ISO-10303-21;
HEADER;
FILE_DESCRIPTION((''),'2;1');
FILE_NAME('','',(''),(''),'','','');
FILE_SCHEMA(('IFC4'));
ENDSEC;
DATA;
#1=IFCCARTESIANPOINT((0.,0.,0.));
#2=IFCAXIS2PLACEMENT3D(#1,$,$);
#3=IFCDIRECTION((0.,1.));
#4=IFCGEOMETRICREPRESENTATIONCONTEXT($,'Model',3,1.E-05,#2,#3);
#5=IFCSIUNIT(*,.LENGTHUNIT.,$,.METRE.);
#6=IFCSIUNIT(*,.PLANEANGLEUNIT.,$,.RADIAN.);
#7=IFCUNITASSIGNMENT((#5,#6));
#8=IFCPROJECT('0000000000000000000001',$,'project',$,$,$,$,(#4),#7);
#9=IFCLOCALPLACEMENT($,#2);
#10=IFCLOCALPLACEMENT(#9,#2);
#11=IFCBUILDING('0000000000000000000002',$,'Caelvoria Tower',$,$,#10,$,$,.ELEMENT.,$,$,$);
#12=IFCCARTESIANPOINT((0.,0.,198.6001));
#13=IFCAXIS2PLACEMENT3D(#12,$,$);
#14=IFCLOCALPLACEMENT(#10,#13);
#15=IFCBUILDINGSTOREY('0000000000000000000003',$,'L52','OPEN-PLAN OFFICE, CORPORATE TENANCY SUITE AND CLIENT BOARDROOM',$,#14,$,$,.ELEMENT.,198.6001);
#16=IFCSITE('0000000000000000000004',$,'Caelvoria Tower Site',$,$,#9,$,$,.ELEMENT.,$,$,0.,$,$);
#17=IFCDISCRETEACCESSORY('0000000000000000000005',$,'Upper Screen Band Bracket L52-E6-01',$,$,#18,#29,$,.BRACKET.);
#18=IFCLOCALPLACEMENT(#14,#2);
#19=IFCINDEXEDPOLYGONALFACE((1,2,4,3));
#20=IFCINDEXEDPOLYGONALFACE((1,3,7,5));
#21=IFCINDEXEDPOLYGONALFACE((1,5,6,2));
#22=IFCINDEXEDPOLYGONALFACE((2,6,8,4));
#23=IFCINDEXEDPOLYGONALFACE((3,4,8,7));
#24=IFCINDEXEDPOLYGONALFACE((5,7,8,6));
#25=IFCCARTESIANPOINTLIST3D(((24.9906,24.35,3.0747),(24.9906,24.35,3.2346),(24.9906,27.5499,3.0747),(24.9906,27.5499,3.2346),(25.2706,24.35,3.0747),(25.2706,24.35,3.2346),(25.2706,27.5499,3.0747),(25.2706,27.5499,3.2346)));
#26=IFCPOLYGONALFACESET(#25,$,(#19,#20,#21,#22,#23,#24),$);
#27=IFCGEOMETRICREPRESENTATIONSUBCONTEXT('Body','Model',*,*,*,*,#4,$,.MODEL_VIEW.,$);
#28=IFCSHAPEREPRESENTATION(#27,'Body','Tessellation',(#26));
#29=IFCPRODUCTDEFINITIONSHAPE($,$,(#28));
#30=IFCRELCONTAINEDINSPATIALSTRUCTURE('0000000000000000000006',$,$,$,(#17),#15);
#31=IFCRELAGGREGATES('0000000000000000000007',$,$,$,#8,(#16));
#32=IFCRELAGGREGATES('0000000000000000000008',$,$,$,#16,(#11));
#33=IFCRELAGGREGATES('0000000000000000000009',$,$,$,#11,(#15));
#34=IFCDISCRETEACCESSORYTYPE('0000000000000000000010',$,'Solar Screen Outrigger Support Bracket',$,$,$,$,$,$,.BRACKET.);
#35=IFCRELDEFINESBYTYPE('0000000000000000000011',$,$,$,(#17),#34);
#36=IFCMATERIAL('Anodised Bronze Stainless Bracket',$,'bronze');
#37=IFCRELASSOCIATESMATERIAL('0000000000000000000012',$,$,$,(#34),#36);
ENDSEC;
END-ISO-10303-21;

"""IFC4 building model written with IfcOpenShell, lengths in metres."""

from ifc_helpers import new_model, si_unit, direction, frame, origin, origin_2d, place, context, subcontext, project, spatial, rectangle, extrude, material, type_object, element, save


model = new_model("IFC4")

# Units and contexts
model_context = context("Model", 3, precision=1e-05, world=origin(), true_north=direction((0.0, 1.0)))
body_context = subcontext(model_context, "Body", "Model", "MODEL_VIEW")
ifc_project = project(units=[si_unit("LENGTHUNIT", "METRE"), si_unit("PLANEANGLEUNIT", "RADIAN")], contexts=[model_context])

# Site, building, storey
site_placement = place(None, origin())
site = spatial("IfcSite", under=ifc_project, at=site_placement, Name="Caelvoria Tower Site", CompositionType="ELEMENT", RefElevation=0.0)
building_placement = place(site_placement, origin())
building = spatial("IfcBuilding", under=site, at=building_placement, Name="Caelvoria Tower", CompositionType="ELEMENT")
storey_placement = place(building_placement, frame((0.0, 0.0, 198.6001)))
storey = spatial("IfcBuildingStorey", under=building, at=storey_placement, Name="L52", Description="OPEN-PLAN OFFICE, CORPORATE TENANCY SUITE AND CLIENT BOARDROOM", CompositionType="ELEMENT", Elevation=198.6001)

# Discrete accessory
ifc_material_1 = material(Name="Anodised Bronze Stainless Bracket", Category="bronze")
discrete_accessory_type = type_object("IfcDiscreteAccessoryType", Name="Solar Screen Outrigger Support Bracket", PredefinedType="BRACKET", material=ifc_material_1)
for number, where, z_axis, x_axis, name in (
    (1, (25.1306, 25.95, 3.0747), (0.0, 0.0, 1.0), (0.0, -1.0, 0.0), "Upper Screen Band Bracket L52-E6-01"),
):
    element("IfcDiscreteAccessory", number, at=place(storey_placement, frame(where, z_axis=z_axis, x_axis=x_axis)), inside=storey, type_object=discrete_accessory_type, Name=name, PredefinedType="BRACKET", context=body_context, shape_type="SweptSolid", body=[
        extrude(rectangle(XDim=3.2, YDim=0.28, at=origin_2d()), origin(), (0.0, 0.0, 1.0), 0.1599),
    ])

save(model, "model.ifc")
